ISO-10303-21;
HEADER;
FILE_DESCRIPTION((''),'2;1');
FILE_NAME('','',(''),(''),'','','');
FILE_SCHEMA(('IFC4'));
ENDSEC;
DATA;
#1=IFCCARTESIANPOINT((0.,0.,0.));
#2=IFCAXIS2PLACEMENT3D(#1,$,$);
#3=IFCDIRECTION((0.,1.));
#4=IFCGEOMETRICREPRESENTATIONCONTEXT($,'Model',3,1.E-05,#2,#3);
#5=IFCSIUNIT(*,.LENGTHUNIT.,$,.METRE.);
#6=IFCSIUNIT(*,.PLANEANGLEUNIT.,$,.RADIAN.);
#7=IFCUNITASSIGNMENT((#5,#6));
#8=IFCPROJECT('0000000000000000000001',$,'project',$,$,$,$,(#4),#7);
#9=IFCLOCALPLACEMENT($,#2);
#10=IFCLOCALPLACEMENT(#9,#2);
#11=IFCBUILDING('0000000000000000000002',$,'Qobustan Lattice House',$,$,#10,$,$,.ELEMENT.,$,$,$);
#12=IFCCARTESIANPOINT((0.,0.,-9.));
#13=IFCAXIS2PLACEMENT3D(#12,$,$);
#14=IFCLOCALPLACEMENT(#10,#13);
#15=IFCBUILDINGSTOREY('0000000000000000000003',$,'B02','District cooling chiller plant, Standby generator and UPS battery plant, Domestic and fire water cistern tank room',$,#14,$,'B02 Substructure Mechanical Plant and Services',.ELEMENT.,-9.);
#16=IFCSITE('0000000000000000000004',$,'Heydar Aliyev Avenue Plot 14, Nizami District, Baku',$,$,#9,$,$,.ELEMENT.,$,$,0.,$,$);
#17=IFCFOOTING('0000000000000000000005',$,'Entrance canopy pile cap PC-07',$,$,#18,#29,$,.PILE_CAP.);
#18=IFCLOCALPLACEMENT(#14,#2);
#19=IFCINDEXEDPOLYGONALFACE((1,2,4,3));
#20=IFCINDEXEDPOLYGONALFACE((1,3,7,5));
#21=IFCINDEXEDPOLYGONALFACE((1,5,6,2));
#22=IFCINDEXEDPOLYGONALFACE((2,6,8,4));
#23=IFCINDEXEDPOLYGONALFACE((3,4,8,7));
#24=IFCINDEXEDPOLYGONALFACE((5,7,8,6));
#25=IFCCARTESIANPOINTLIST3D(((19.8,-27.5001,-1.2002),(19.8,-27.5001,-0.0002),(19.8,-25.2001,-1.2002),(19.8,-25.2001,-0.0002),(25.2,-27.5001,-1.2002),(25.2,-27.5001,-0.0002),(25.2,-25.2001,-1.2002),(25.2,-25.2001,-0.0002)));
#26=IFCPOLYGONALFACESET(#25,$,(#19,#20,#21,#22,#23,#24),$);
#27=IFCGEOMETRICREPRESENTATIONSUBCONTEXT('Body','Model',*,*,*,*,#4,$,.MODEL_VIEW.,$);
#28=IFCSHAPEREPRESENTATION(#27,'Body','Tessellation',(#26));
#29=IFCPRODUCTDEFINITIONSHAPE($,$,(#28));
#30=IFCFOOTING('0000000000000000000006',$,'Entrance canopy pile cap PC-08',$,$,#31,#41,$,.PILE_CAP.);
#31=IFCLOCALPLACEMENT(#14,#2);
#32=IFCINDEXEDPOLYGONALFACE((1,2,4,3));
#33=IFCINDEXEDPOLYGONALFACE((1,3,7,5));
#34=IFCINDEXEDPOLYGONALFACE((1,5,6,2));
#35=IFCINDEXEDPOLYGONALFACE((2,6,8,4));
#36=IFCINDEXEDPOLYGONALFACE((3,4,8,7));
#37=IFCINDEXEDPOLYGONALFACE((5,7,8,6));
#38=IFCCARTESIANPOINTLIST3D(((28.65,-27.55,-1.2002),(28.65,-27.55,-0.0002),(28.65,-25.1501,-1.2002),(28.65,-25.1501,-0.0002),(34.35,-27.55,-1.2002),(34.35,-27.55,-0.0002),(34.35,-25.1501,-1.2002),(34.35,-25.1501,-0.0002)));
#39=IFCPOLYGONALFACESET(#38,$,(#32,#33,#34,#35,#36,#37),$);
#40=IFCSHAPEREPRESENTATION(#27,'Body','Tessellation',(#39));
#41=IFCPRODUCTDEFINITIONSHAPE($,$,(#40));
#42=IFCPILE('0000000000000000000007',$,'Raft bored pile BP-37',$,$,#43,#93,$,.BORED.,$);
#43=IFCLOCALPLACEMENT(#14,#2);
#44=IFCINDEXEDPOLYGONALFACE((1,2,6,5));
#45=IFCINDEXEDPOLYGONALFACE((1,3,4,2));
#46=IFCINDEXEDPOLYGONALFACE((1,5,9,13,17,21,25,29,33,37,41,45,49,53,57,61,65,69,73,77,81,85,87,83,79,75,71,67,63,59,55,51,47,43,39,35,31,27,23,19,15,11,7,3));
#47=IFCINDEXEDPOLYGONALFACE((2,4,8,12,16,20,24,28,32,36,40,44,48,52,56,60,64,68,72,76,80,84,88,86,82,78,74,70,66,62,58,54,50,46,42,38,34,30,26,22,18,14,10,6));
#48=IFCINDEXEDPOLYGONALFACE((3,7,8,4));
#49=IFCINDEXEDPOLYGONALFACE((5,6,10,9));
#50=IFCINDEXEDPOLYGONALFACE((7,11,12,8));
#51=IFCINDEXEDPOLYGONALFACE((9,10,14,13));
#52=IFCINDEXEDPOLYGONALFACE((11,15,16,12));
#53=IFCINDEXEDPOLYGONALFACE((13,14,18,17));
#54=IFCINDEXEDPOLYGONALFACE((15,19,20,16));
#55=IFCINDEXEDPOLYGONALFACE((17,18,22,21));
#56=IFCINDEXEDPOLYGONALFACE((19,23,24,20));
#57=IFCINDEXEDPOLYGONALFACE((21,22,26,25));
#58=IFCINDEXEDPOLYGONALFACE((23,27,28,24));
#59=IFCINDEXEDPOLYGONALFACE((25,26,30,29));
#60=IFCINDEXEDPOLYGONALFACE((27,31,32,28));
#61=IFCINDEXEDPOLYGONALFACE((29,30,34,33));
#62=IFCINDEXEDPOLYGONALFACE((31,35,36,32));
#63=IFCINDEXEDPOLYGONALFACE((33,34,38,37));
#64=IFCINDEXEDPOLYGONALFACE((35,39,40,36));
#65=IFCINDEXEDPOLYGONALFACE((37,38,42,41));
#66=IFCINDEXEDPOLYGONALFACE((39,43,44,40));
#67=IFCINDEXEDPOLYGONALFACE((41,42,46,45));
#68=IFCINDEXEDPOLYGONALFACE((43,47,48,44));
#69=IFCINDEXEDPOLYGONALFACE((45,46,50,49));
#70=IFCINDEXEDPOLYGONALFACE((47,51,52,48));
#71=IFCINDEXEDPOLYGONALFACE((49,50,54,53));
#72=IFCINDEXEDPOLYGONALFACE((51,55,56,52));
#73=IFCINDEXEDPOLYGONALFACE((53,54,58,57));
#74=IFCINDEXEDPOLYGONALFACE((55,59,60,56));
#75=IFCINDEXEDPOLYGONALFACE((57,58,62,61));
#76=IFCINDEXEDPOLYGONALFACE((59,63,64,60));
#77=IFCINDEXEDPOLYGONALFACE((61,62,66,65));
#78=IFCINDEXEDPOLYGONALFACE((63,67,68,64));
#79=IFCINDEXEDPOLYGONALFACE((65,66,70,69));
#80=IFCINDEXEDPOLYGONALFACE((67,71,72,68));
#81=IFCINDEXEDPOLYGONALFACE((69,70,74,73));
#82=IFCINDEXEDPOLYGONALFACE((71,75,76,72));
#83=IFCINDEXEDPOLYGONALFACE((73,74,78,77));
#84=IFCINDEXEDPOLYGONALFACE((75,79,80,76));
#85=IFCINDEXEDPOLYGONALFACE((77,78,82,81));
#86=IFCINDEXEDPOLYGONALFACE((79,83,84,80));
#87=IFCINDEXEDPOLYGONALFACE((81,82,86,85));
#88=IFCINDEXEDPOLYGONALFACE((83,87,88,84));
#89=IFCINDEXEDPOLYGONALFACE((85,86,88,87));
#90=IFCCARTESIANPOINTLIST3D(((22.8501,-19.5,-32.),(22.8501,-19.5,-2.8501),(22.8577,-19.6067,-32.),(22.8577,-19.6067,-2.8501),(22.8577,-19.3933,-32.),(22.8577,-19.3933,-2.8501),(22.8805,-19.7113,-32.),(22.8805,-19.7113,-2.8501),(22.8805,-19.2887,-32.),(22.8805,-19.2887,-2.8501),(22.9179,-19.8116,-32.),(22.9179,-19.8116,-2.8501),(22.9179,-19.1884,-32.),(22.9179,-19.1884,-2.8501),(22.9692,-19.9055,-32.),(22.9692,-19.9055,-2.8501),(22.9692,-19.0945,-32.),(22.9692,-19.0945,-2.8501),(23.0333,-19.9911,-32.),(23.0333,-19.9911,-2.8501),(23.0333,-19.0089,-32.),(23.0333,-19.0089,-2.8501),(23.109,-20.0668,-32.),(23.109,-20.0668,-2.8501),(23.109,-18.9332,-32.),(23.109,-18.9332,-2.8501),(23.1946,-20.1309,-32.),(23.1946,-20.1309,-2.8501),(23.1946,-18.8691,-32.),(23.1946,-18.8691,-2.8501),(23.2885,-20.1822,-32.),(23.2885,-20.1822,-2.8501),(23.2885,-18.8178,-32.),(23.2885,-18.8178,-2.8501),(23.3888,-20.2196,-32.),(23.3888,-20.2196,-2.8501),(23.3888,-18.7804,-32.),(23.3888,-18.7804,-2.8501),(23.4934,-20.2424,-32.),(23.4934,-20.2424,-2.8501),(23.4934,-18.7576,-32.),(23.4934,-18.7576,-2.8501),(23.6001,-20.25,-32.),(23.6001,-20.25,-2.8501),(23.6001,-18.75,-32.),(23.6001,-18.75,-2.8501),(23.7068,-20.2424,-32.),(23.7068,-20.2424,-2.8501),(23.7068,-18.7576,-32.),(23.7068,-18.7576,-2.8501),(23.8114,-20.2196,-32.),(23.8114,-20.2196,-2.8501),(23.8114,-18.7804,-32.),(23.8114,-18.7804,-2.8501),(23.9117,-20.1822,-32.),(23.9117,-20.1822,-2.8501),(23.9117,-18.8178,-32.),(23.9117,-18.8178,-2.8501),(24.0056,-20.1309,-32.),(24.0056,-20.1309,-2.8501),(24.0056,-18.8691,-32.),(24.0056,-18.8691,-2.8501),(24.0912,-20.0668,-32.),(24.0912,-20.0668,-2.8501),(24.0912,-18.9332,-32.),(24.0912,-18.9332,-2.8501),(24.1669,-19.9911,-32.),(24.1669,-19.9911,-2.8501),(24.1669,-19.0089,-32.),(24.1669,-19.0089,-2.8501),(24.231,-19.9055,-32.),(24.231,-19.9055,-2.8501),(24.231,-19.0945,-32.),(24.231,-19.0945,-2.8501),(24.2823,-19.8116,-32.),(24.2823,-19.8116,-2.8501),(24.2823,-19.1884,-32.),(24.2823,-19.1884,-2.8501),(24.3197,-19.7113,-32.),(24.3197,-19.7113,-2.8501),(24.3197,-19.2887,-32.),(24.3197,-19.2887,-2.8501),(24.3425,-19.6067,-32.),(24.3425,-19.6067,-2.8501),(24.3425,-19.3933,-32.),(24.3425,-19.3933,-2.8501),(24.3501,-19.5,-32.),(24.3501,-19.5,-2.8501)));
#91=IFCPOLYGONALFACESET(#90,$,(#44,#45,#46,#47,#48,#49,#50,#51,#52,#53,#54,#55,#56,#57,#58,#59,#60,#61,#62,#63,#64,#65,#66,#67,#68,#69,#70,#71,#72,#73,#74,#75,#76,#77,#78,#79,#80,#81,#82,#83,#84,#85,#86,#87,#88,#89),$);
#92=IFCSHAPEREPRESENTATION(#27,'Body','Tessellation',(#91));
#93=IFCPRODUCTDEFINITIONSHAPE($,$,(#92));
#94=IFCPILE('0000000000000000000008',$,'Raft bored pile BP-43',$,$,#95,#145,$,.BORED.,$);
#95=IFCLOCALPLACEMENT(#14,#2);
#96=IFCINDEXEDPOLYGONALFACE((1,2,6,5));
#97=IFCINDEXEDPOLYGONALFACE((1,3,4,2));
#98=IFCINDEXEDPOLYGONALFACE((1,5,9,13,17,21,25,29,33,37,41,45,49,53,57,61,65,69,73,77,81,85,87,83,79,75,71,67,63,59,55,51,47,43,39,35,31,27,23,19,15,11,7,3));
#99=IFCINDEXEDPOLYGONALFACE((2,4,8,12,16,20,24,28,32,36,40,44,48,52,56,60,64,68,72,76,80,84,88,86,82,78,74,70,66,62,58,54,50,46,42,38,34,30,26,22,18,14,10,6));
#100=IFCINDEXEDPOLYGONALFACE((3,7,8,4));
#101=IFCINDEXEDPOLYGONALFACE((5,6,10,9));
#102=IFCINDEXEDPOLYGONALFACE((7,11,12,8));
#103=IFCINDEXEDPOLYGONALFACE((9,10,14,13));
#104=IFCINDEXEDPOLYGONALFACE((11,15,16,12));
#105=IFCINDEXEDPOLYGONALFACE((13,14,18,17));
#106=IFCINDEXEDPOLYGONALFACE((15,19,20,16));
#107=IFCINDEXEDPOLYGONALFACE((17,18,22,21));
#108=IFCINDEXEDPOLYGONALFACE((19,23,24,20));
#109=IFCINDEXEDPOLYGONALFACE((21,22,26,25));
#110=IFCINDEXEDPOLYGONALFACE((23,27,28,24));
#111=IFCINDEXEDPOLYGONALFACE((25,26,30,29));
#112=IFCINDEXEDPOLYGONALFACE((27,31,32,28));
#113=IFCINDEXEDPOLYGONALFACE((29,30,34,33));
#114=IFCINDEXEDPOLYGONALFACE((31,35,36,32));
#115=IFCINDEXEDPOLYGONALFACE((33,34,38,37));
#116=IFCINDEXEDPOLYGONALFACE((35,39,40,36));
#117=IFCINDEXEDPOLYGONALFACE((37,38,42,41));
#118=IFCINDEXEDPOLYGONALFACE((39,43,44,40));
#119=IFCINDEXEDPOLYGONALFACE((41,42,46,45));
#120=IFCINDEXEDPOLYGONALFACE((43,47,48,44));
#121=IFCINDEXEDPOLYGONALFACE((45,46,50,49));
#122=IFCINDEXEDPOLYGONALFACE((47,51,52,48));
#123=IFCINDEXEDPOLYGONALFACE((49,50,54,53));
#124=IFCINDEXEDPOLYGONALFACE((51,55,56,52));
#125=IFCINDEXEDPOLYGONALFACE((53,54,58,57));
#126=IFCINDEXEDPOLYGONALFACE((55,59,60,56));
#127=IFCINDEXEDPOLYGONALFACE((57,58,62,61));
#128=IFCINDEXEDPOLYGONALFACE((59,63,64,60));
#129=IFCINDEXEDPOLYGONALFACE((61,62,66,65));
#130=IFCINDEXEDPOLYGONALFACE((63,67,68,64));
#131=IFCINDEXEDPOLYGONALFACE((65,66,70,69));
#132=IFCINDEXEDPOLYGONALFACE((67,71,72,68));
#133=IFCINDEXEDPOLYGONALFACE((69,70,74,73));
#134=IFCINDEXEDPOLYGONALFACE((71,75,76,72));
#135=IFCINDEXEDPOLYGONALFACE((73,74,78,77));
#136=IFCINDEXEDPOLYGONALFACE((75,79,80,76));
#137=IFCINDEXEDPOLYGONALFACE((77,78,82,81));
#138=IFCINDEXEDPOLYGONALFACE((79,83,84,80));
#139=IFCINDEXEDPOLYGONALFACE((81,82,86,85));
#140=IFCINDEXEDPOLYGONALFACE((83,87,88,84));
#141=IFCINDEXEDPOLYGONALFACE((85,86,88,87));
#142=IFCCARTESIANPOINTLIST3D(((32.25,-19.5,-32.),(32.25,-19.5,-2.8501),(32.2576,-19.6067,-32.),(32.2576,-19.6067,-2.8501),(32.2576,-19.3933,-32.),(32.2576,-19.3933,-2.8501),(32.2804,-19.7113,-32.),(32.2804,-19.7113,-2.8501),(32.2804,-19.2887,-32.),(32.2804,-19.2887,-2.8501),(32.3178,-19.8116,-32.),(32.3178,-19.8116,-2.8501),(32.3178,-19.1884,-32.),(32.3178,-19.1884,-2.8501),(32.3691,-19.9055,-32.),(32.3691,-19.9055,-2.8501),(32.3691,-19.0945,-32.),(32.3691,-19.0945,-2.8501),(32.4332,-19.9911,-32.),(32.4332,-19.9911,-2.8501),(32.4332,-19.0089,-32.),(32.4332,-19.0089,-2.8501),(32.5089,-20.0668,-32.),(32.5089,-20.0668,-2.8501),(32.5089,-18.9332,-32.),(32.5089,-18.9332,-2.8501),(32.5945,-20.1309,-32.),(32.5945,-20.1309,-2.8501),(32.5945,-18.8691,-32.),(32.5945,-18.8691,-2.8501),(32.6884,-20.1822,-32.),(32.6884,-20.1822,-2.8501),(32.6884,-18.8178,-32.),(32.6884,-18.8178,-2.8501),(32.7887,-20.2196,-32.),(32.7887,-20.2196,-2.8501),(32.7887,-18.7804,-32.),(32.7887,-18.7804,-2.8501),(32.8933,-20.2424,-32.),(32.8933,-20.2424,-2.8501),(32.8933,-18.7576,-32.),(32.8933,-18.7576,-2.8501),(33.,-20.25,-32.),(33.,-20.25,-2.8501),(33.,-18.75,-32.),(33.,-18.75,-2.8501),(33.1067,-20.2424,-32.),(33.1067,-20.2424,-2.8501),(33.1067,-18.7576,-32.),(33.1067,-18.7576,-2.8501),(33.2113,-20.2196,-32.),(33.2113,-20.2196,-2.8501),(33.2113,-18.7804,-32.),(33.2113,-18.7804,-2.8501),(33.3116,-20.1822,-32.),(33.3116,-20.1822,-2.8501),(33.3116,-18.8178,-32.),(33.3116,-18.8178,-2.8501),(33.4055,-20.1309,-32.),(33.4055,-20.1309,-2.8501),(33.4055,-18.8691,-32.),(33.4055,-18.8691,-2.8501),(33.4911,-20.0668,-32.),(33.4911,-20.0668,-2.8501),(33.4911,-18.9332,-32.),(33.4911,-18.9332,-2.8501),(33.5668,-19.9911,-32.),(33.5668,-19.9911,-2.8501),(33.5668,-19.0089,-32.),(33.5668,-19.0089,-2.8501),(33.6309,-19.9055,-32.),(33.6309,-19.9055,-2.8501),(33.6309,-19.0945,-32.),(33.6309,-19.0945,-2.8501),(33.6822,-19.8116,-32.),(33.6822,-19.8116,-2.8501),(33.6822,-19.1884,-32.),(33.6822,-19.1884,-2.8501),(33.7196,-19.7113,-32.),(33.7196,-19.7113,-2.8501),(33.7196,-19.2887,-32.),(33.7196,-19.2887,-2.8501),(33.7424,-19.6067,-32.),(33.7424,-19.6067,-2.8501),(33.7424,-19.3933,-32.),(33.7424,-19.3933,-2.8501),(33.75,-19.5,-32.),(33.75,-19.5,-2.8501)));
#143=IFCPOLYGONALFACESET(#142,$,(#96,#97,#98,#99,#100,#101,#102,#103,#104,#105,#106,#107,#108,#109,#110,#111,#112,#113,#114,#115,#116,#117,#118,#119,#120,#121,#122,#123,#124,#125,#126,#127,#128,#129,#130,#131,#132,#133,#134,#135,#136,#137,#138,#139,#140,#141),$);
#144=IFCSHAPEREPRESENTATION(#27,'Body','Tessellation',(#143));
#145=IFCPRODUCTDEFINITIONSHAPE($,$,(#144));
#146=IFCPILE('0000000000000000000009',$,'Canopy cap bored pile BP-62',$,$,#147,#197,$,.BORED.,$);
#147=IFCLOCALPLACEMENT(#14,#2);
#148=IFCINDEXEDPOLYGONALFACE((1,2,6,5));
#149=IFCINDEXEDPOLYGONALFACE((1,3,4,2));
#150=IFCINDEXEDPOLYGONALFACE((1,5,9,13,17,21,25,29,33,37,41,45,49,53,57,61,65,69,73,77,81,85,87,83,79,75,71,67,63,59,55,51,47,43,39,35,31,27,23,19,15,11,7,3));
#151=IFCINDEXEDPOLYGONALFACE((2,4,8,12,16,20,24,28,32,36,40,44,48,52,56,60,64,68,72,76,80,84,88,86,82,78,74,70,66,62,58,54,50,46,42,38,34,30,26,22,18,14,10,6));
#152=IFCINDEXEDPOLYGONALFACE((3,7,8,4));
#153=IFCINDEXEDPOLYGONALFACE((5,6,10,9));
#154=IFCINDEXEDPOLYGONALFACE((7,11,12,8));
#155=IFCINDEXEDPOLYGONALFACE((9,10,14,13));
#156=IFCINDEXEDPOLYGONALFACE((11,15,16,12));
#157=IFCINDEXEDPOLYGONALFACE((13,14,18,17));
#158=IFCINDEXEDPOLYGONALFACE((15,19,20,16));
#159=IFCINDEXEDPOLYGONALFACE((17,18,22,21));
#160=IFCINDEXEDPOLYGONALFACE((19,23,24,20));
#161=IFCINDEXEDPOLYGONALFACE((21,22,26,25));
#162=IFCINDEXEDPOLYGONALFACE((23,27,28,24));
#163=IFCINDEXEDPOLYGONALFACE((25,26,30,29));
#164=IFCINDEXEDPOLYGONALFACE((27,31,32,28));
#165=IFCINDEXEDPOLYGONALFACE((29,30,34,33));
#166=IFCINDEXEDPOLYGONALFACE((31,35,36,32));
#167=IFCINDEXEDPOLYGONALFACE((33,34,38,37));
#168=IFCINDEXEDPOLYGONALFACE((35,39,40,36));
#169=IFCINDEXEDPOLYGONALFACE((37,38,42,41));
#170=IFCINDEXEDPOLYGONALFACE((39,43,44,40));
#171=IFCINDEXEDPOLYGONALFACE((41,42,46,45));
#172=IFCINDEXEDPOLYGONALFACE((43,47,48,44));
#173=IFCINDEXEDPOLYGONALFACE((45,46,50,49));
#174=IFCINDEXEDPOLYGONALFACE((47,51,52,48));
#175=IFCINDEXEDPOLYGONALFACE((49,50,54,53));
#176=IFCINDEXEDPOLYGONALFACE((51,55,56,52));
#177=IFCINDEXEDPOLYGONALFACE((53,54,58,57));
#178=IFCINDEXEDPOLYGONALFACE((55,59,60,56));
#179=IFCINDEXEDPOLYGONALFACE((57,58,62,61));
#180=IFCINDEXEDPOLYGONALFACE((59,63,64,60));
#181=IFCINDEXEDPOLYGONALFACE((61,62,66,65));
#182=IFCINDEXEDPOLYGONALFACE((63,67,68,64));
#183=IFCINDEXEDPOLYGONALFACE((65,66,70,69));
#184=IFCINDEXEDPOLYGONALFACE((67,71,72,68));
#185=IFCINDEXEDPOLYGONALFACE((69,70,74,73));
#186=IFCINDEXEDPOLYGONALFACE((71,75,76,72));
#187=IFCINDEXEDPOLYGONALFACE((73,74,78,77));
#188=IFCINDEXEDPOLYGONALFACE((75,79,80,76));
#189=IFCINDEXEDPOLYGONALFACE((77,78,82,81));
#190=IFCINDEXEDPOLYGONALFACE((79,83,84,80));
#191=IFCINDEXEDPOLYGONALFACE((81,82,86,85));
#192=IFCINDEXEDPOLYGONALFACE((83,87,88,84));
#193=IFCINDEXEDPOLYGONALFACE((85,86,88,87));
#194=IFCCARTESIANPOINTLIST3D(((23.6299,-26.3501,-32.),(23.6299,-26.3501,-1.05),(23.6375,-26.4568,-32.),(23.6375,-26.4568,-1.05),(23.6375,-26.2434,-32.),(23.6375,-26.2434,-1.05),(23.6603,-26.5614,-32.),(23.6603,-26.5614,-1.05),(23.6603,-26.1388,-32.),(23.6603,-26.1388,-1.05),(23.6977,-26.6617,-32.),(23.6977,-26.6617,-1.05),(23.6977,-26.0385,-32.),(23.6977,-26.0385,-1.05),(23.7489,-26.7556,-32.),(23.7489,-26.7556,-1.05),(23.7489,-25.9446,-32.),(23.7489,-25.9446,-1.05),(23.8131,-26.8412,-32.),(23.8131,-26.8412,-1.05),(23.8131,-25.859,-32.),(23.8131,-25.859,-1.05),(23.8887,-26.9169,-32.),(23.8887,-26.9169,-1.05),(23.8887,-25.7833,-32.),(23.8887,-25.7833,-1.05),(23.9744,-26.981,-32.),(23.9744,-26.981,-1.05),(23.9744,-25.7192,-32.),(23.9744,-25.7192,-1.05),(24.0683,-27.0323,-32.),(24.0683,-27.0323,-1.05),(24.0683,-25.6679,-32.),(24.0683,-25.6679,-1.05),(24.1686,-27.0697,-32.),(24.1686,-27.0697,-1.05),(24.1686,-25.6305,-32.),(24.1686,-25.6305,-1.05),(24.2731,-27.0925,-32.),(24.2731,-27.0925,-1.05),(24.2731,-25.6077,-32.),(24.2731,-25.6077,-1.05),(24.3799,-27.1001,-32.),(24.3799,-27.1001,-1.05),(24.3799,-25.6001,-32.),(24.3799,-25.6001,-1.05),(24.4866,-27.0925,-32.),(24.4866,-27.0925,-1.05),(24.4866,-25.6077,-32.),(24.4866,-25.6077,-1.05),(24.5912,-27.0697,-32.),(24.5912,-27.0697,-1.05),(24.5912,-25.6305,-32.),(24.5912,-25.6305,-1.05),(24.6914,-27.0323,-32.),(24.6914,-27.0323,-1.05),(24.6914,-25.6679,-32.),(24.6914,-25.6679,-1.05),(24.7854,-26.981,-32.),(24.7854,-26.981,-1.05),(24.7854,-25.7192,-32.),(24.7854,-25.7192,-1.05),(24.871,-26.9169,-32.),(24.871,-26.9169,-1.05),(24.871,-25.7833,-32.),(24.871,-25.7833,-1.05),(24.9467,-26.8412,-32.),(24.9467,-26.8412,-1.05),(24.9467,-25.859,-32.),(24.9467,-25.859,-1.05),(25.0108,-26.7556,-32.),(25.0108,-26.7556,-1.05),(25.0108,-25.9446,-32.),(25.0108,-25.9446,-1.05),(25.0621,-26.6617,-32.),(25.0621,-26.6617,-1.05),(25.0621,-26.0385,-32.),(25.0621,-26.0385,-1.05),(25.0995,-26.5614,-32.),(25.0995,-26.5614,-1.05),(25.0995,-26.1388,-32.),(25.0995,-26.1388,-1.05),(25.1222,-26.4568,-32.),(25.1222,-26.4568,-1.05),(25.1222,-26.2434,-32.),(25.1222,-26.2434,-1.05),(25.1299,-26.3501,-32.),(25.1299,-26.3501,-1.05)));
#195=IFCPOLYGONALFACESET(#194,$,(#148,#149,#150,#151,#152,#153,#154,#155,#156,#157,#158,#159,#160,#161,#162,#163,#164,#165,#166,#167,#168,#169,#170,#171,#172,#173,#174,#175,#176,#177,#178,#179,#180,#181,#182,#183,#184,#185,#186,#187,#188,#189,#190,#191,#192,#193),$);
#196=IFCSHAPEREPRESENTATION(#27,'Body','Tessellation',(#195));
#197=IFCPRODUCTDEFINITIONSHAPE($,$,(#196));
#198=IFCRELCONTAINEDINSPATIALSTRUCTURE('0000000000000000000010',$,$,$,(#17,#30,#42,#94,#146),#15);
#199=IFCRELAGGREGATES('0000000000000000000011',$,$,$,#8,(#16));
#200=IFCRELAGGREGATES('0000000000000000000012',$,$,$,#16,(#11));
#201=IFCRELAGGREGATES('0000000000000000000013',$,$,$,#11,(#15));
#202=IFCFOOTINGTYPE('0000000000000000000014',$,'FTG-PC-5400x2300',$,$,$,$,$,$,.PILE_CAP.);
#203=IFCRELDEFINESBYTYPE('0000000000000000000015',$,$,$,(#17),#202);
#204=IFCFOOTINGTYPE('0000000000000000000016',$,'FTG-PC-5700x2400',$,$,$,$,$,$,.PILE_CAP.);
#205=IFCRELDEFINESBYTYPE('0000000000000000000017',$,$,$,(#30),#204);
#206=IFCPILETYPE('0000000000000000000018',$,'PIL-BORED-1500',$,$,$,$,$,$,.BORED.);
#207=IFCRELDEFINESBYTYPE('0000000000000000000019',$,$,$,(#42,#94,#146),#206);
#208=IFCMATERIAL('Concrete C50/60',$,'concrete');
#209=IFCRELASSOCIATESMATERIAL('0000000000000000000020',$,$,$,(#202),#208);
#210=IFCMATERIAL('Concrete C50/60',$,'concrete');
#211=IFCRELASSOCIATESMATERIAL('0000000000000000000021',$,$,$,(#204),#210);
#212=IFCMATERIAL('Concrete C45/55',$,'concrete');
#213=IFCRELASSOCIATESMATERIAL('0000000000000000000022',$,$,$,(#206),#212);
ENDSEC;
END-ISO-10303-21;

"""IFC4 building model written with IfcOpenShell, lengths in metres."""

from ifc_helpers import new_model, si_unit, direction, frame, origin, origin_2d, place, context, subcontext, project, spatial, rectangle, circle, extrude, material, material_profile, profile_set, type_object, element, save


model = new_model("IFC4")

# Units and contexts
model_context = context("Model", 3, precision=1e-05, world=origin(), true_north=direction((0.0, 1.0)))
body_context = subcontext(model_context, "Body", "Model", "MODEL_VIEW")
ifc_project = project(units=[si_unit("LENGTHUNIT", "METRE"), si_unit("PLANEANGLEUNIT", "RADIAN")], contexts=[model_context])

# Site, building, storey
site_placement = place(None, origin())
site = spatial("IfcSite", under=ifc_project, at=site_placement, Name="Heydar Aliyev Avenue Plot 14, Nizami District, Baku", CompositionType="ELEMENT", RefElevation=0.0)
building_placement = place(site_placement, origin())
building = spatial("IfcBuilding", under=site, at=building_placement, Name="Qobustan Lattice House", CompositionType="ELEMENT")
storey_placement = place(building_placement, frame((0.0, 0.0, -9.0)))
storey = spatial("IfcBuildingStorey", under=building, at=storey_placement, Name="B02", Description="District cooling chiller plant, Standby generator and UPS battery plant, Domestic and fire water cistern tank room", LongName="B02 Substructure Mechanical Plant and Services", CompositionType="ELEMENT", Elevation=-9.0)

# Footings
ifc_material_1 = material(Name="Concrete C50/60", Category="concrete")
footing_type_1 = type_object("IfcFootingType", Name="FTG-PC-5400x2300", PredefinedType="PILE_CAP", material=ifc_material_1)
footing_1_placement = place(storey_placement, frame((22.5, -26.3501, -1.2002), z_axis=(0.0, 0.0, 1.0), x_axis=(1.0, 0.0, 0.0)))
element("IfcFooting", 1, at=footing_1_placement, inside=storey, type_object=footing_type_1, Name="Entrance canopy pile cap PC-07", PredefinedType="PILE_CAP", context=body_context, shape_type="SweptSolid", body=[
    extrude(rectangle(XDim=5.3999, YDim=2.3, at=origin_2d()), origin(), (0.0, 0.0, 1.0), 1.2),
])
ifc_material_2 = material(Name="Concrete C50/60", Category="concrete")
footing_type_2 = type_object("IfcFootingType", Name="FTG-PC-5700x2400", PredefinedType="PILE_CAP", material=ifc_material_2)
footing_2_placement = place(storey_placement, frame((31.5, -26.3501, -1.2002), z_axis=(0.0, 0.0, 1.0), x_axis=(1.0, 0.0, 0.0)))
element("IfcFooting", 2, at=footing_2_placement, inside=storey, type_object=footing_type_2, Name="Entrance canopy pile cap PC-08", PredefinedType="PILE_CAP", context=body_context, shape_type="SweptSolid", body=[
    extrude(rectangle(XDim=5.7, YDim=2.3999, at=origin_2d()), origin(), (0.0, 0.0, 1.0), 1.2),
])

# Piles
ifc_material_3 = material(Name="Concrete C45/55", Category="concrete")
ifc_material_profile_1 = material_profile(ifc_material_3, circle(Radius=0.75, at=origin_2d()), Name="PILE-D1500")
ifc_profile_set_1 = profile_set([ifc_material_profile_1], Name="Concrete C45/55")
pile_type = type_object("IfcPileType", Name="PIL-BORED-1500", PredefinedType="BORED", material=ifc_profile_set_1)
for number, where, z_axis, x_axis, name in (
    (3, (23.6001, -19.5, -2.8501), (0.0, 0.0, -1.0), (1.0, 0.0, 0.0), "Raft bored pile BP-37"),
    (4, (33.0, -19.5, -2.8501), (0.0, 0.0, -1.0), (1.0, 0.0, 0.0), "Raft bored pile BP-43"),
):
    element("IfcPile", number, at=place(storey_placement, frame(where, z_axis=z_axis, x_axis=x_axis)), inside=storey, type_object=pile_type, Name=name, PredefinedType="BORED", context=body_context, shape_type="SweptSolid", body=[
        extrude(circle(Radius=0.75, at=origin_2d()), origin(), (0.0, 0.0, 1.0), 29.1499),
    ])
for number, where, z_axis, x_axis, name in (
    (5, (24.3799, -26.3501, -1.05), (0.0, 0.0, -1.0), (1.0, 0.0, 0.0), "Canopy cap bored pile BP-62"),
):
    element("IfcPile", number, at=place(storey_placement, frame(where, z_axis=z_axis, x_axis=x_axis)), inside=storey, type_object=pile_type, Name=name, PredefinedType="BORED", context=body_context, shape_type="SweptSolid", body=[
        extrude(circle(Radius=0.75, at=origin_2d()), origin(), (0.0, 0.0, 1.0), 30.95),
    ])

save(model, "model.ifc")
